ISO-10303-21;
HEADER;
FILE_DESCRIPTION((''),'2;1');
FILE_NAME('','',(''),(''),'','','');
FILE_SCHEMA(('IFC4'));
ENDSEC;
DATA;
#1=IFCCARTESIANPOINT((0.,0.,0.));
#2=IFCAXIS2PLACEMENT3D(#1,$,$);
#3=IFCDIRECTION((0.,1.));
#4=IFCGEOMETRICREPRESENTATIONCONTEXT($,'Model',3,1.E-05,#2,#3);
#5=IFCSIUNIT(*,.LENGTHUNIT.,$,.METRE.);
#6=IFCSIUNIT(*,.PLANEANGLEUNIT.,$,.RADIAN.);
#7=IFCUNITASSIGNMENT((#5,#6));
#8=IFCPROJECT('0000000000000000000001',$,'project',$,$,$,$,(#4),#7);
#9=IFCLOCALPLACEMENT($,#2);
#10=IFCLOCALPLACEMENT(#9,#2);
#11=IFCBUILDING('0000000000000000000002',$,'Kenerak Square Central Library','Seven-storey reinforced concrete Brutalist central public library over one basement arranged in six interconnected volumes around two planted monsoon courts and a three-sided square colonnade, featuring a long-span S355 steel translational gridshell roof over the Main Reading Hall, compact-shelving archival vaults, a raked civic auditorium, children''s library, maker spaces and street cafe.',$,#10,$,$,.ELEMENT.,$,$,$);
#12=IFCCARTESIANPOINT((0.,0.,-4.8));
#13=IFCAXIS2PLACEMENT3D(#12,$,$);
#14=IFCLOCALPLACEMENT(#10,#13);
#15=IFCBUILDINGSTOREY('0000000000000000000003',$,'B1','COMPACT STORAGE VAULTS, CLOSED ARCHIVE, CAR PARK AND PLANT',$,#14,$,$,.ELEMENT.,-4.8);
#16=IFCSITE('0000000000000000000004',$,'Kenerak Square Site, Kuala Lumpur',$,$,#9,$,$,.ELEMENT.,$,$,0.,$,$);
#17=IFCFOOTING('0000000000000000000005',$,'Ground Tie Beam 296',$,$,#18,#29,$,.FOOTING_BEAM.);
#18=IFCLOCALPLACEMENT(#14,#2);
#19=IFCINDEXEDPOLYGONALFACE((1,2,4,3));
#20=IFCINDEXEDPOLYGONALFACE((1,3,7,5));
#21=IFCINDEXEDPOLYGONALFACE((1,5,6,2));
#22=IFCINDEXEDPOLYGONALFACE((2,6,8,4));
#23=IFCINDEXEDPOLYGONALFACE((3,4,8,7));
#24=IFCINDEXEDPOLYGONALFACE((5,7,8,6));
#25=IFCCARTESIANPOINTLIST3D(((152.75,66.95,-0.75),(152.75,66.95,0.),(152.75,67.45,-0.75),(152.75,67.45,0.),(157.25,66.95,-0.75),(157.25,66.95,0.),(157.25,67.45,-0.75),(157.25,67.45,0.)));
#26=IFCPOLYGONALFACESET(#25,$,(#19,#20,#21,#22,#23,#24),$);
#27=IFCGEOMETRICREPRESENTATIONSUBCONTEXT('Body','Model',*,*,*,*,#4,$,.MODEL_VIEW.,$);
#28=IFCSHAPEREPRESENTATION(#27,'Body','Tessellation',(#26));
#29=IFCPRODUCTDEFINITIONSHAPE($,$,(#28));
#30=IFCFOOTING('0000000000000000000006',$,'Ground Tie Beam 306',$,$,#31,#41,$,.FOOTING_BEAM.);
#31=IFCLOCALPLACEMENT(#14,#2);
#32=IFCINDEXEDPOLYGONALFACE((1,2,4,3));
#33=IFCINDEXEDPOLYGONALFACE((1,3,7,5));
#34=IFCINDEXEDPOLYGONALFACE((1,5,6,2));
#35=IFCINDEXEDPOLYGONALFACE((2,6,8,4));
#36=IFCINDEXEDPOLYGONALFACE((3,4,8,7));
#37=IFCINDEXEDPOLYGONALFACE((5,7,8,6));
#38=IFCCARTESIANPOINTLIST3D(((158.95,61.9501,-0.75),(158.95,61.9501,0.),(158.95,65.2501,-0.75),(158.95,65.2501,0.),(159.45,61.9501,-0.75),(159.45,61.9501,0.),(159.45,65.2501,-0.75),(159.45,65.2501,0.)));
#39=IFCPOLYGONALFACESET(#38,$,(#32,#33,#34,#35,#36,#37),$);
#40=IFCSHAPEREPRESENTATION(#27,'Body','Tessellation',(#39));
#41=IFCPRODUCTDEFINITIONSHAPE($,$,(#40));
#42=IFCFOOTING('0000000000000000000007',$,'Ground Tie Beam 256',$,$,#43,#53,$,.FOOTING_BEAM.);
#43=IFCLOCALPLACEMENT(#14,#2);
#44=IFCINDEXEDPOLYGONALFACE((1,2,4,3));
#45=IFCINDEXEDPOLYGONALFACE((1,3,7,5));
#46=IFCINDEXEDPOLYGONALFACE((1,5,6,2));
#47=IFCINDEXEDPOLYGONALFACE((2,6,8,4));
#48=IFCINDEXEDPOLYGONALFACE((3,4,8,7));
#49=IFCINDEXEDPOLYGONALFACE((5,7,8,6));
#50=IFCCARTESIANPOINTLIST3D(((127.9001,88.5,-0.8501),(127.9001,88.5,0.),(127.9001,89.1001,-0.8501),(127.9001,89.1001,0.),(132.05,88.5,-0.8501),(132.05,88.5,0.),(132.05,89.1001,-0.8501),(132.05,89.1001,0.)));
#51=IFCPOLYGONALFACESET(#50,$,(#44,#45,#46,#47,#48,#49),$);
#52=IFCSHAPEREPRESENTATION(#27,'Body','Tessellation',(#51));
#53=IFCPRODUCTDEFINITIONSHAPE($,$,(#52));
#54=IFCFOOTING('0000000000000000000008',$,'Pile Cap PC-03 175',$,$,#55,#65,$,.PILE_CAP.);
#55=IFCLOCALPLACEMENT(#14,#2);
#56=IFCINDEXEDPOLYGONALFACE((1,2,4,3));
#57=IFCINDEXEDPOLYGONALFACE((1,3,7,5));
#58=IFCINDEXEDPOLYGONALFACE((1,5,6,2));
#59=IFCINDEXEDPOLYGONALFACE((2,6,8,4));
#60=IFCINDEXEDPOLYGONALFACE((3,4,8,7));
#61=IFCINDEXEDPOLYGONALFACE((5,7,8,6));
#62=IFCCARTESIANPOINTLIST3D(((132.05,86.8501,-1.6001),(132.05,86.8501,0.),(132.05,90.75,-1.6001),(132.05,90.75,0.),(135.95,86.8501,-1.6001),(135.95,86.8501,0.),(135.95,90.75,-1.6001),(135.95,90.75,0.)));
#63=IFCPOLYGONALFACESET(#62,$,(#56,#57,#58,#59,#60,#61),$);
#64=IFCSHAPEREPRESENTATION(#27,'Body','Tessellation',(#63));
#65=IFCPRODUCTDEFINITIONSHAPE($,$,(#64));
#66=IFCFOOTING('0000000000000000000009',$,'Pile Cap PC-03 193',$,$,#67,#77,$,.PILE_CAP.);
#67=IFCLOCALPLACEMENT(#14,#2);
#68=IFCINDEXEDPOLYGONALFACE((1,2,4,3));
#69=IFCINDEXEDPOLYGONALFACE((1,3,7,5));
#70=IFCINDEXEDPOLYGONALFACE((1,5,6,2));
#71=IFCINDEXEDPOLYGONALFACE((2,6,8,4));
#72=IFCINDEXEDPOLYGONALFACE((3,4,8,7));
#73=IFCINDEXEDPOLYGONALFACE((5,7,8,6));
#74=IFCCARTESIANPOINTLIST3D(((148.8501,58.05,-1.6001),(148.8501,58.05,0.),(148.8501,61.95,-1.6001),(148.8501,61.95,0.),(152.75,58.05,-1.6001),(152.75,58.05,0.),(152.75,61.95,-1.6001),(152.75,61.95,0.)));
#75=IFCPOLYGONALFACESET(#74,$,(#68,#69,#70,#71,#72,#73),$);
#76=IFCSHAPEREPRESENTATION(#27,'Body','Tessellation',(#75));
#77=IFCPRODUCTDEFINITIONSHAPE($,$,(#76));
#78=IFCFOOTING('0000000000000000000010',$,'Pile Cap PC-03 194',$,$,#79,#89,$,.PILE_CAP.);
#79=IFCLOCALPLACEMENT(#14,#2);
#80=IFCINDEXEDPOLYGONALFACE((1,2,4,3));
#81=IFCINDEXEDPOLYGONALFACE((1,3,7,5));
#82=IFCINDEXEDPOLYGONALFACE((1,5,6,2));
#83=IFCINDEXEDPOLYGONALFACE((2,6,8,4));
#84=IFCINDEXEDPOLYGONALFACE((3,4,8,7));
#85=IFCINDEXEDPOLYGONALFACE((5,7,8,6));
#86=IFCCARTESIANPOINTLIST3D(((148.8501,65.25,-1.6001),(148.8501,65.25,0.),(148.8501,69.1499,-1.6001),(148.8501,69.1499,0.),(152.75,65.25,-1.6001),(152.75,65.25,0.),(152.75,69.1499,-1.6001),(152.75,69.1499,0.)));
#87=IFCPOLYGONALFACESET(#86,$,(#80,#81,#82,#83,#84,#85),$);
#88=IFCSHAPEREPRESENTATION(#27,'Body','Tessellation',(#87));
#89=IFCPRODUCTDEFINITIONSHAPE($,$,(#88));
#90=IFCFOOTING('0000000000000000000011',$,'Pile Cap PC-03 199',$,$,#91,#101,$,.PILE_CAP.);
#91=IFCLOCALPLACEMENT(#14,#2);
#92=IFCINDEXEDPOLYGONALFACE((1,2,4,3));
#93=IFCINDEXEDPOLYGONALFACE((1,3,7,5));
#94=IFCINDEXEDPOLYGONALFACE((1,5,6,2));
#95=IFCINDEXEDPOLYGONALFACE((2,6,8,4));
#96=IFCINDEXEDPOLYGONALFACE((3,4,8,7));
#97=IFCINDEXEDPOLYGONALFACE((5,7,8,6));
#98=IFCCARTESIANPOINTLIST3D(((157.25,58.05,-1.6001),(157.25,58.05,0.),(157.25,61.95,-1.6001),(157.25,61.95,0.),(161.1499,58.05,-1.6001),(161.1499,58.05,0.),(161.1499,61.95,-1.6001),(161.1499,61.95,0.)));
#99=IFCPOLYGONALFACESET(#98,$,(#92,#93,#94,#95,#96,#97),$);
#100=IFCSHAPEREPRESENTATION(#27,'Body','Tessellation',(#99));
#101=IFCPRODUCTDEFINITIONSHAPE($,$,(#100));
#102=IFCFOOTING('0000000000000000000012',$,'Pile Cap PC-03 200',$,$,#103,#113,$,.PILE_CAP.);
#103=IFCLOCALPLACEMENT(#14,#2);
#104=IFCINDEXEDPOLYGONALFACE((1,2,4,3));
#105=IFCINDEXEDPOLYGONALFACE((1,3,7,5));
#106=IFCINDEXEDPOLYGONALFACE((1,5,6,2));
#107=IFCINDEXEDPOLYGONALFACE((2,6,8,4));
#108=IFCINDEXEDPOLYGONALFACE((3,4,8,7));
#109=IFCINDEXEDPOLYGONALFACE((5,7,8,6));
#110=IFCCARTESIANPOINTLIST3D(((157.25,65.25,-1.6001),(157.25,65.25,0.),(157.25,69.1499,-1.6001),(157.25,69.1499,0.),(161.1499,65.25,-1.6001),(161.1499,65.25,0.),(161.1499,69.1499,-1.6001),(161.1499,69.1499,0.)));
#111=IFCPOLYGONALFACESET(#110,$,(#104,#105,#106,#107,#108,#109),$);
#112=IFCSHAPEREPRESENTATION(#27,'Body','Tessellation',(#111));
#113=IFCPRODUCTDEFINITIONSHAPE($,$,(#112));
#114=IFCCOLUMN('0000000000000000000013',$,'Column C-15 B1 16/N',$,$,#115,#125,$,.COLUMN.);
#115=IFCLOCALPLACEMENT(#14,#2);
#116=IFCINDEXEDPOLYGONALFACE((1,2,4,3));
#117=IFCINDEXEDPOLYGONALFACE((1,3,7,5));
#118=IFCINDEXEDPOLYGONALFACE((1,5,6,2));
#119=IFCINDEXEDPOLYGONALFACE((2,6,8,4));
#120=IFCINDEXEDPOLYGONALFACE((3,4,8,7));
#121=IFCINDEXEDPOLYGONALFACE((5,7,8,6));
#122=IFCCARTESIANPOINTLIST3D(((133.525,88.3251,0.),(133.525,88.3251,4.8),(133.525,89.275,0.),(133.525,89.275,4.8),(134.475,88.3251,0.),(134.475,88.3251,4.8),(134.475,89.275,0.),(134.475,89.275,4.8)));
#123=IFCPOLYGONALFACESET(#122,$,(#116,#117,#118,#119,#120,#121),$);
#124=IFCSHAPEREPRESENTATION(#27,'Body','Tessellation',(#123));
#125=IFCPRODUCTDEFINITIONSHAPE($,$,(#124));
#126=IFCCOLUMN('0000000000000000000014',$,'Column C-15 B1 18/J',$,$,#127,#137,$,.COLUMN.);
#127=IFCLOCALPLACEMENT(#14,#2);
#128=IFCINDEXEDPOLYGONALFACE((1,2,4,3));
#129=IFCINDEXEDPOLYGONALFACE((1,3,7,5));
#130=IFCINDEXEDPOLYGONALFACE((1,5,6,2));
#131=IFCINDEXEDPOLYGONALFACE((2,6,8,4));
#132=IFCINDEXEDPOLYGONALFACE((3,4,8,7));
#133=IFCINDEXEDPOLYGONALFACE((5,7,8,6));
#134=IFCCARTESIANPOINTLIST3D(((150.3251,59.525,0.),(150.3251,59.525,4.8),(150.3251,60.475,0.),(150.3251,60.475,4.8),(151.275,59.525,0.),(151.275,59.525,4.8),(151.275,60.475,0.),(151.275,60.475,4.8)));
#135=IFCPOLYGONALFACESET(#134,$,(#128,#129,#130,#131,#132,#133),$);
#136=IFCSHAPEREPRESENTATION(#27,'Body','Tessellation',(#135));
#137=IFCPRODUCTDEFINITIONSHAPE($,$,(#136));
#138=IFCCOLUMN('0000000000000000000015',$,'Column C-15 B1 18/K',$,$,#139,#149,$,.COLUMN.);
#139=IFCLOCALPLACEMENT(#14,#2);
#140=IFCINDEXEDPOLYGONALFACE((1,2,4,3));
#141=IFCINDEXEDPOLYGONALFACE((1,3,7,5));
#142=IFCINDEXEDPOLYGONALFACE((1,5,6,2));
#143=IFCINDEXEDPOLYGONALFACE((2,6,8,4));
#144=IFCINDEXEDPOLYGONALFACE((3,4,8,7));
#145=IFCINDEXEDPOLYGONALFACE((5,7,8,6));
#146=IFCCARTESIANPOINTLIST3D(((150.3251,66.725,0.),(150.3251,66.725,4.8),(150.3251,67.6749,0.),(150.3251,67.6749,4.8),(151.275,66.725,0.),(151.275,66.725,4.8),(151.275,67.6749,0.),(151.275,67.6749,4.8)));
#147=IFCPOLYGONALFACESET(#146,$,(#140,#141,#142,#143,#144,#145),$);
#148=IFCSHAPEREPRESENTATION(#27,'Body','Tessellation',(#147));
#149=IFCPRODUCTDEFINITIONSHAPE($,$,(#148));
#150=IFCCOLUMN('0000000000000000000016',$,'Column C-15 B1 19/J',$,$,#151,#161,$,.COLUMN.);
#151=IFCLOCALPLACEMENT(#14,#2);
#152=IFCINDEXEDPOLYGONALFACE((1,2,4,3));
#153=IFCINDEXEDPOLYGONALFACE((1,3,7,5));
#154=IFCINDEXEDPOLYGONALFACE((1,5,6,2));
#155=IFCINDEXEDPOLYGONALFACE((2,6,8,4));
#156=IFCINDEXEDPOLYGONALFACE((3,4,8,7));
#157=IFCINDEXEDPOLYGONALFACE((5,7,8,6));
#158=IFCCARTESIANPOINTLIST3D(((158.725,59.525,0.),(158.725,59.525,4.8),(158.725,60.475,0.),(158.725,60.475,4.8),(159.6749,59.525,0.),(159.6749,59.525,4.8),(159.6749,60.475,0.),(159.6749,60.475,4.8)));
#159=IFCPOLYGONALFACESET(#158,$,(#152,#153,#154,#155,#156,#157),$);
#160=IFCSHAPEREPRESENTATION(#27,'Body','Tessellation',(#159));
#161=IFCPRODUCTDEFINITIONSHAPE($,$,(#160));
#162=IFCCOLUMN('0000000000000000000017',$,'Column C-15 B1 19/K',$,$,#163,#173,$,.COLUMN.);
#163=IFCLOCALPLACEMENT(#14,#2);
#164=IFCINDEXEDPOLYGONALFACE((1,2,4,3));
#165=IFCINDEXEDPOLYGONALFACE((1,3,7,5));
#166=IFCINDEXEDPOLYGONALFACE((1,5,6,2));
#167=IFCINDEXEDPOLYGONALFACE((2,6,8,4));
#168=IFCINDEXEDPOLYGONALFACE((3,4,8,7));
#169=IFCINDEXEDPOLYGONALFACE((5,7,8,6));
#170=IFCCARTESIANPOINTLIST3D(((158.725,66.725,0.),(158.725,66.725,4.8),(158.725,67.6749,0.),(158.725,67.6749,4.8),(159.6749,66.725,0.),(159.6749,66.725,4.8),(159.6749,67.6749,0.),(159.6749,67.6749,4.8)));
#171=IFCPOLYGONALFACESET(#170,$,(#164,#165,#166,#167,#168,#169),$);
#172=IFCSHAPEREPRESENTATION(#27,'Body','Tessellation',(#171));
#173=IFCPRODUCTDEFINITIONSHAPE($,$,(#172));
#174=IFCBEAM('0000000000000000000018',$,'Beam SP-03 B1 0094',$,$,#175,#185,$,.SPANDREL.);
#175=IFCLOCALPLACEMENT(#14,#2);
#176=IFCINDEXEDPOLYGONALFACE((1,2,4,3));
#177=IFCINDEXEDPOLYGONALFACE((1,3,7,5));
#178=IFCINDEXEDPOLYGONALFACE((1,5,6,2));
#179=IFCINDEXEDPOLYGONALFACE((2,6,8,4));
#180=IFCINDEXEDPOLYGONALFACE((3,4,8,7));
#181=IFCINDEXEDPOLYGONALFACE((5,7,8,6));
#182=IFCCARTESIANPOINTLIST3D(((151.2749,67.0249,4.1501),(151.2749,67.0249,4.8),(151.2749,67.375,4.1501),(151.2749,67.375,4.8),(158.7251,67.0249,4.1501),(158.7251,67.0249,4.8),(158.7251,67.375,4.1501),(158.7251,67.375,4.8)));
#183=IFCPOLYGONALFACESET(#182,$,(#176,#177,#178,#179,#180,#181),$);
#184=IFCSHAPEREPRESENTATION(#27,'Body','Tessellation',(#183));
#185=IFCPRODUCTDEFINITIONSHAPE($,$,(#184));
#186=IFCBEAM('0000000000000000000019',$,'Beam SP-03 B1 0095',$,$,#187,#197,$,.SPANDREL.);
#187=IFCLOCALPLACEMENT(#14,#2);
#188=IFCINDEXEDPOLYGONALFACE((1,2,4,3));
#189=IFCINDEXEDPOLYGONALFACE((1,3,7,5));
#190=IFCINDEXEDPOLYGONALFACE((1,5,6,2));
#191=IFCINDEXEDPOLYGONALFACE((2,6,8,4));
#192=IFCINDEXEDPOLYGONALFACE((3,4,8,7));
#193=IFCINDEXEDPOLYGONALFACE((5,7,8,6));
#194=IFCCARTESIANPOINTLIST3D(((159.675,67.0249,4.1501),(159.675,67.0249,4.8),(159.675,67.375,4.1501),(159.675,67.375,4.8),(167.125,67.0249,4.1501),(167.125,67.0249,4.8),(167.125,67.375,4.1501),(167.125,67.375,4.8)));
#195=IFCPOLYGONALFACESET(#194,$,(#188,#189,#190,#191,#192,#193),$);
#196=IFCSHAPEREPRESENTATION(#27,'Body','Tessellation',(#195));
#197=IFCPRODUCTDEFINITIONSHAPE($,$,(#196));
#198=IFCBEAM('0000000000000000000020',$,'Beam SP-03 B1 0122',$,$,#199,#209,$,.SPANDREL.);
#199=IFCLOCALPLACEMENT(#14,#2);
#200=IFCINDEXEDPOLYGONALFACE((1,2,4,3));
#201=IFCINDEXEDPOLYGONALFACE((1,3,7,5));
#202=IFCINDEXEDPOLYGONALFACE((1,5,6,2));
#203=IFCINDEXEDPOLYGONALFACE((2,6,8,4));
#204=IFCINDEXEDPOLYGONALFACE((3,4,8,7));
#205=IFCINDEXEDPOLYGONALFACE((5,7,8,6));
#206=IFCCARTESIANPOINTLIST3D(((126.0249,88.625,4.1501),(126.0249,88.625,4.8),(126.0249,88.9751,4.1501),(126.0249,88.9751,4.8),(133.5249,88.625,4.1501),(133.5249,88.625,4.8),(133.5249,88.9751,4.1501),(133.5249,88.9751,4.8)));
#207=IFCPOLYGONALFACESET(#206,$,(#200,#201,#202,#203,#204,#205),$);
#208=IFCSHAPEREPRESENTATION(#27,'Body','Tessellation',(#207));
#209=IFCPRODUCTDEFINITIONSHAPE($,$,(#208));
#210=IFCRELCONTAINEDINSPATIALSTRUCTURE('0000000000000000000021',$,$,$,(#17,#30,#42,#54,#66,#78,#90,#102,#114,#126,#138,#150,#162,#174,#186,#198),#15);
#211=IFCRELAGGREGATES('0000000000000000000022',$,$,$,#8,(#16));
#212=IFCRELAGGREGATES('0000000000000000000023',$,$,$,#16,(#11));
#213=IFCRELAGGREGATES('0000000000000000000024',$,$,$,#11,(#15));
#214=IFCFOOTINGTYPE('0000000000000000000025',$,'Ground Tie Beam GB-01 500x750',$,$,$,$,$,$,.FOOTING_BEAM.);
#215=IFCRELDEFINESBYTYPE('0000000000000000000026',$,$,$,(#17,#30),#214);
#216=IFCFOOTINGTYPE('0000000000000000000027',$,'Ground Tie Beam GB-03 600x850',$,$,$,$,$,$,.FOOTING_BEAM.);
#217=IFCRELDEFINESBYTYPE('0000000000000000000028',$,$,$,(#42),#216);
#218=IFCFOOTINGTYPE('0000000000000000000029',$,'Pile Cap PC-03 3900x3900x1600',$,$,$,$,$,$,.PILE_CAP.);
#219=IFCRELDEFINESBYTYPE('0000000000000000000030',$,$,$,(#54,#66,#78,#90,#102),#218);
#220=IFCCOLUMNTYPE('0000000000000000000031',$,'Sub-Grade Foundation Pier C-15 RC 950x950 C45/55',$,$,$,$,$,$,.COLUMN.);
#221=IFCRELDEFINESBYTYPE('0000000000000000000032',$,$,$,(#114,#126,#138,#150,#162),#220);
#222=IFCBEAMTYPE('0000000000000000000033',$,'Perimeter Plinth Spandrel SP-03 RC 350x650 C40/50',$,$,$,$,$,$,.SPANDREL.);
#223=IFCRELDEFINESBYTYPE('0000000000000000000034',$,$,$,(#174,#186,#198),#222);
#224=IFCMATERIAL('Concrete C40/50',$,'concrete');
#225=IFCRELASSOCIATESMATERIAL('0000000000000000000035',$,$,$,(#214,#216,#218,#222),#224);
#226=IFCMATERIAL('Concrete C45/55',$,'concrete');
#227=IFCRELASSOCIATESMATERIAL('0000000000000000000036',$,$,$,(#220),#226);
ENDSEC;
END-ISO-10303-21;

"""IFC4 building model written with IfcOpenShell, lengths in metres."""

from ifc_helpers import new_model, si_unit, direction, frame, origin, origin_2d, place, context, subcontext, project, spatial, rectangle, extrude, material, material_profile, profile_set, type_object, element, save


model = new_model("IFC4")

# Units and contexts
model_context = context("Model", 3, precision=1e-05, world=origin(), true_north=direction((0.0, 1.0)))
body_context = subcontext(model_context, "Body", "Model", "MODEL_VIEW")
ifc_project = project(units=[si_unit("LENGTHUNIT", "METRE"), si_unit("PLANEANGLEUNIT", "RADIAN")], contexts=[model_context])

# Site, building, storey
site_placement = place(None, origin())
site = spatial("IfcSite", under=ifc_project, at=site_placement, Name="Kenerak Square Site, Kuala Lumpur", CompositionType="ELEMENT", RefElevation=0.0)
building_placement = place(site_placement, origin())
building = spatial("IfcBuilding", under=site, at=building_placement, Name="Kenerak Square Central Library", Description="Seven-storey reinforced concrete Brutalist central public library over one basement arranged in six interconnected volumes around two planted monsoon courts and a three-sided square colonnade, featuring a long-span S355 steel translational gridshell roof over the Main Reading Hall, compact-shelving archival vaults, a raked civic auditorium, children's library, maker spaces and street cafe.", CompositionType="ELEMENT")
storey_placement = place(building_placement, frame((0.0, 0.0, -4.8)))
storey = spatial("IfcBuildingStorey", under=building, at=storey_placement, Name="B1", Description="COMPACT STORAGE VAULTS, CLOSED ARCHIVE, CAR PARK AND PLANT", CompositionType="ELEMENT", Elevation=-4.8)

# Shared definitions
ifc_material_1 = material(Name="Concrete C40/50", Category="concrete")

# Footings
footing_type_1 = type_object("IfcFootingType", Name="Ground Tie Beam GB-01 500x750", PredefinedType="FOOTING_BEAM", material=ifc_material_1)
footing_1_placement = place(storey_placement, frame((155.0, 67.2, -0.75), z_axis=(0.0, 0.0, 1.0), x_axis=(1.0, 0.0, 0.0)))
element("IfcFooting", 1, at=footing_1_placement, inside=storey, type_object=footing_type_1, Name="Ground Tie Beam 296", PredefinedType="FOOTING_BEAM", context=body_context, shape_type="SweptSolid", body=[
    extrude(rectangle(XDim=4.5, YDim=0.5, at=origin_2d()), origin(), (0.0, 0.0, 1.0), 0.75),
])
footing_2_placement = place(storey_placement, frame((159.2, 63.6001, -0.75), z_axis=(0.0, 0.0, 1.0), x_axis=(1.0, 0.0, 0.0)))
element("IfcFooting", 2, at=footing_2_placement, inside=storey, type_object=footing_type_1, Name="Ground Tie Beam 306", PredefinedType="FOOTING_BEAM", context=body_context, shape_type="SweptSolid", body=[
    extrude(rectangle(XDim=0.5, YDim=3.3, at=origin_2d()), origin(), (0.0, 0.0, 1.0), 0.75),
])
footing_type_2 = type_object("IfcFootingType", Name="Ground Tie Beam GB-03 600x850", PredefinedType="FOOTING_BEAM", material=ifc_material_1)
footing_3_placement = place(storey_placement, frame((129.9751, 88.8, -0.8501), z_axis=(0.0, 0.0, 1.0), x_axis=(1.0, 0.0, 0.0)))
element("IfcFooting", 3, at=footing_3_placement, inside=storey, type_object=footing_type_2, Name="Ground Tie Beam 256", PredefinedType="FOOTING_BEAM", context=body_context, shape_type="SweptSolid", body=[
    extrude(rectangle(XDim=4.1499, YDim=0.6001, at=origin_2d()), origin(), (0.0, 0.0, 1.0), 0.8501),
])
footing_type_3 = type_object("IfcFootingType", Name="Pile Cap PC-03 3900x3900x1600", PredefinedType="PILE_CAP", material=ifc_material_1)
for number, where, z_axis, x_axis, name in (
    (4, (134.0, 88.8, -1.6001), (0.0, 0.0, 1.0), (1.0, 0.0, 0.0), "Pile Cap PC-03 175"),
    (5, (150.8, 60.0, -1.6001), (0.0, 0.0, 1.0), (1.0, 0.0, 0.0), "Pile Cap PC-03 193"),
    (6, (150.8, 67.2, -1.6001), (0.0, 0.0, 1.0), (1.0, 0.0, 0.0), "Pile Cap PC-03 194"),
    (7, (159.2, 60.0, -1.6001), (0.0, 0.0, 1.0), (1.0, 0.0, 0.0), "Pile Cap PC-03 199"),
    (8, (159.2, 67.2, -1.6001), (0.0, 0.0, 1.0), (1.0, 0.0, 0.0), "Pile Cap PC-03 200"),
):
    element("IfcFooting", number, at=place(storey_placement, frame(where, z_axis=z_axis, x_axis=x_axis)), inside=storey, type_object=footing_type_3, Name=name, PredefinedType="PILE_CAP", context=body_context, shape_type="SweptSolid", body=[
        extrude(rectangle(XDim=3.8999, YDim=3.8999, at=origin_2d()), origin(), (0.0, 0.0, 1.0), 1.6001),
    ])

# Columns
ifc_material_2 = material(Name="Concrete C45/55", Category="concrete")
ifc_material_profile_1 = material_profile(ifc_material_2, rectangle(XDim=0.95, YDim=0.95, at=origin_2d()), Name="RC 950x950")
ifc_profile_set_1 = profile_set([ifc_material_profile_1], Name="Concrete C45/55")
column_type = type_object("IfcColumnType", Name="Sub-Grade Foundation Pier C-15 RC 950x950 C45/55", PredefinedType="COLUMN", material=ifc_profile_set_1)
for number, where, z_axis, x_axis, name in (
    (9, (134.0, 88.8, 0.0), (0.0, 0.0, 1.0), (1.0, 0.0, 0.0), "Column C-15 B1 16/N"),
    (10, (150.8, 60.0, 0.0), (0.0, 0.0, 1.0), (1.0, 0.0, 0.0), "Column C-15 B1 18/J"),
    (11, (150.8, 67.2, 0.0), (0.0, 0.0, 1.0), (1.0, 0.0, 0.0), "Column C-15 B1 18/K"),
    (12, (159.2, 60.0, 0.0), (0.0, 0.0, 1.0), (1.0, 0.0, 0.0), "Column C-15 B1 19/J"),
    (13, (159.2, 67.2, 0.0), (0.0, 0.0, 1.0), (1.0, 0.0, 0.0), "Column C-15 B1 19/K"),
):
    element("IfcColumn", number, at=place(storey_placement, frame(where, z_axis=z_axis, x_axis=x_axis)), inside=storey, type_object=column_type, Name=name, PredefinedType="COLUMN", context=body_context, shape_type="SweptSolid", body=[
        extrude(rectangle(XDim=0.95, YDim=0.95, at=origin_2d()), origin(), (0.0, 0.0, 1.0), 4.8),
    ])

# Beams
ifc_material_profile_2 = material_profile(ifc_material_1, rectangle(XDim=0.3501, YDim=0.6499, at=origin_2d()), Name="RC 350x650")
ifc_profile_set_2 = profile_set([ifc_material_profile_2], Name="Concrete C40/50")
beam_type_1 = type_object("IfcBeamType", Name="Perimeter Plinth Spandrel SP-03 RC 350x650 C40/50", PredefinedType="SPANDREL", material=ifc_profile_set_2)
beam_1_placement = place(storey_placement, frame((151.2749, 67.2, 4.4751), z_axis=(1.0, 0.0, 0.0), x_axis=(0.0, 1.0, 0.0)))
element("IfcBeam", 14, at=beam_1_placement, inside=storey, type_object=beam_type_1, Name="Beam SP-03 B1 0094", PredefinedType="SPANDREL", context=body_context, shape_type="SweptSolid", body=[
    extrude(rectangle(XDim=0.3501, YDim=0.6499, at=origin_2d()), origin(), (0.0, 0.0, 1.0), 7.4502),
])
beam_2_placement = place(storey_placement, frame((159.675, 67.2, 4.4751), z_axis=(1.0, 0.0, 0.0), x_axis=(0.0, 1.0, 0.0)))
element("IfcBeam", 15, at=beam_2_placement, inside=storey, type_object=beam_type_1, Name="Beam SP-03 B1 0095", PredefinedType="SPANDREL", context=body_context, shape_type="SweptSolid", body=[
    extrude(rectangle(XDim=0.3501, YDim=0.6499, at=origin_2d()), origin(), (0.0, 0.0, 1.0), 7.45),
])
beam_3_placement = place(storey_placement, frame((126.0249, 88.8, 4.4751), z_axis=(1.0, 0.0, 0.0), x_axis=(0.0, 1.0, 0.0)))
element("IfcBeam", 16, at=beam_3_placement, inside=storey, type_object=beam_type_1, Name="Beam SP-03 B1 0122", PredefinedType="SPANDREL", context=body_context, shape_type="SweptSolid", body=[
    extrude(rectangle(XDim=0.3501, YDim=0.6499, at=origin_2d()), origin(), (0.0, 0.0, 1.0), 7.5),
])

save(model, "model.ifc")
